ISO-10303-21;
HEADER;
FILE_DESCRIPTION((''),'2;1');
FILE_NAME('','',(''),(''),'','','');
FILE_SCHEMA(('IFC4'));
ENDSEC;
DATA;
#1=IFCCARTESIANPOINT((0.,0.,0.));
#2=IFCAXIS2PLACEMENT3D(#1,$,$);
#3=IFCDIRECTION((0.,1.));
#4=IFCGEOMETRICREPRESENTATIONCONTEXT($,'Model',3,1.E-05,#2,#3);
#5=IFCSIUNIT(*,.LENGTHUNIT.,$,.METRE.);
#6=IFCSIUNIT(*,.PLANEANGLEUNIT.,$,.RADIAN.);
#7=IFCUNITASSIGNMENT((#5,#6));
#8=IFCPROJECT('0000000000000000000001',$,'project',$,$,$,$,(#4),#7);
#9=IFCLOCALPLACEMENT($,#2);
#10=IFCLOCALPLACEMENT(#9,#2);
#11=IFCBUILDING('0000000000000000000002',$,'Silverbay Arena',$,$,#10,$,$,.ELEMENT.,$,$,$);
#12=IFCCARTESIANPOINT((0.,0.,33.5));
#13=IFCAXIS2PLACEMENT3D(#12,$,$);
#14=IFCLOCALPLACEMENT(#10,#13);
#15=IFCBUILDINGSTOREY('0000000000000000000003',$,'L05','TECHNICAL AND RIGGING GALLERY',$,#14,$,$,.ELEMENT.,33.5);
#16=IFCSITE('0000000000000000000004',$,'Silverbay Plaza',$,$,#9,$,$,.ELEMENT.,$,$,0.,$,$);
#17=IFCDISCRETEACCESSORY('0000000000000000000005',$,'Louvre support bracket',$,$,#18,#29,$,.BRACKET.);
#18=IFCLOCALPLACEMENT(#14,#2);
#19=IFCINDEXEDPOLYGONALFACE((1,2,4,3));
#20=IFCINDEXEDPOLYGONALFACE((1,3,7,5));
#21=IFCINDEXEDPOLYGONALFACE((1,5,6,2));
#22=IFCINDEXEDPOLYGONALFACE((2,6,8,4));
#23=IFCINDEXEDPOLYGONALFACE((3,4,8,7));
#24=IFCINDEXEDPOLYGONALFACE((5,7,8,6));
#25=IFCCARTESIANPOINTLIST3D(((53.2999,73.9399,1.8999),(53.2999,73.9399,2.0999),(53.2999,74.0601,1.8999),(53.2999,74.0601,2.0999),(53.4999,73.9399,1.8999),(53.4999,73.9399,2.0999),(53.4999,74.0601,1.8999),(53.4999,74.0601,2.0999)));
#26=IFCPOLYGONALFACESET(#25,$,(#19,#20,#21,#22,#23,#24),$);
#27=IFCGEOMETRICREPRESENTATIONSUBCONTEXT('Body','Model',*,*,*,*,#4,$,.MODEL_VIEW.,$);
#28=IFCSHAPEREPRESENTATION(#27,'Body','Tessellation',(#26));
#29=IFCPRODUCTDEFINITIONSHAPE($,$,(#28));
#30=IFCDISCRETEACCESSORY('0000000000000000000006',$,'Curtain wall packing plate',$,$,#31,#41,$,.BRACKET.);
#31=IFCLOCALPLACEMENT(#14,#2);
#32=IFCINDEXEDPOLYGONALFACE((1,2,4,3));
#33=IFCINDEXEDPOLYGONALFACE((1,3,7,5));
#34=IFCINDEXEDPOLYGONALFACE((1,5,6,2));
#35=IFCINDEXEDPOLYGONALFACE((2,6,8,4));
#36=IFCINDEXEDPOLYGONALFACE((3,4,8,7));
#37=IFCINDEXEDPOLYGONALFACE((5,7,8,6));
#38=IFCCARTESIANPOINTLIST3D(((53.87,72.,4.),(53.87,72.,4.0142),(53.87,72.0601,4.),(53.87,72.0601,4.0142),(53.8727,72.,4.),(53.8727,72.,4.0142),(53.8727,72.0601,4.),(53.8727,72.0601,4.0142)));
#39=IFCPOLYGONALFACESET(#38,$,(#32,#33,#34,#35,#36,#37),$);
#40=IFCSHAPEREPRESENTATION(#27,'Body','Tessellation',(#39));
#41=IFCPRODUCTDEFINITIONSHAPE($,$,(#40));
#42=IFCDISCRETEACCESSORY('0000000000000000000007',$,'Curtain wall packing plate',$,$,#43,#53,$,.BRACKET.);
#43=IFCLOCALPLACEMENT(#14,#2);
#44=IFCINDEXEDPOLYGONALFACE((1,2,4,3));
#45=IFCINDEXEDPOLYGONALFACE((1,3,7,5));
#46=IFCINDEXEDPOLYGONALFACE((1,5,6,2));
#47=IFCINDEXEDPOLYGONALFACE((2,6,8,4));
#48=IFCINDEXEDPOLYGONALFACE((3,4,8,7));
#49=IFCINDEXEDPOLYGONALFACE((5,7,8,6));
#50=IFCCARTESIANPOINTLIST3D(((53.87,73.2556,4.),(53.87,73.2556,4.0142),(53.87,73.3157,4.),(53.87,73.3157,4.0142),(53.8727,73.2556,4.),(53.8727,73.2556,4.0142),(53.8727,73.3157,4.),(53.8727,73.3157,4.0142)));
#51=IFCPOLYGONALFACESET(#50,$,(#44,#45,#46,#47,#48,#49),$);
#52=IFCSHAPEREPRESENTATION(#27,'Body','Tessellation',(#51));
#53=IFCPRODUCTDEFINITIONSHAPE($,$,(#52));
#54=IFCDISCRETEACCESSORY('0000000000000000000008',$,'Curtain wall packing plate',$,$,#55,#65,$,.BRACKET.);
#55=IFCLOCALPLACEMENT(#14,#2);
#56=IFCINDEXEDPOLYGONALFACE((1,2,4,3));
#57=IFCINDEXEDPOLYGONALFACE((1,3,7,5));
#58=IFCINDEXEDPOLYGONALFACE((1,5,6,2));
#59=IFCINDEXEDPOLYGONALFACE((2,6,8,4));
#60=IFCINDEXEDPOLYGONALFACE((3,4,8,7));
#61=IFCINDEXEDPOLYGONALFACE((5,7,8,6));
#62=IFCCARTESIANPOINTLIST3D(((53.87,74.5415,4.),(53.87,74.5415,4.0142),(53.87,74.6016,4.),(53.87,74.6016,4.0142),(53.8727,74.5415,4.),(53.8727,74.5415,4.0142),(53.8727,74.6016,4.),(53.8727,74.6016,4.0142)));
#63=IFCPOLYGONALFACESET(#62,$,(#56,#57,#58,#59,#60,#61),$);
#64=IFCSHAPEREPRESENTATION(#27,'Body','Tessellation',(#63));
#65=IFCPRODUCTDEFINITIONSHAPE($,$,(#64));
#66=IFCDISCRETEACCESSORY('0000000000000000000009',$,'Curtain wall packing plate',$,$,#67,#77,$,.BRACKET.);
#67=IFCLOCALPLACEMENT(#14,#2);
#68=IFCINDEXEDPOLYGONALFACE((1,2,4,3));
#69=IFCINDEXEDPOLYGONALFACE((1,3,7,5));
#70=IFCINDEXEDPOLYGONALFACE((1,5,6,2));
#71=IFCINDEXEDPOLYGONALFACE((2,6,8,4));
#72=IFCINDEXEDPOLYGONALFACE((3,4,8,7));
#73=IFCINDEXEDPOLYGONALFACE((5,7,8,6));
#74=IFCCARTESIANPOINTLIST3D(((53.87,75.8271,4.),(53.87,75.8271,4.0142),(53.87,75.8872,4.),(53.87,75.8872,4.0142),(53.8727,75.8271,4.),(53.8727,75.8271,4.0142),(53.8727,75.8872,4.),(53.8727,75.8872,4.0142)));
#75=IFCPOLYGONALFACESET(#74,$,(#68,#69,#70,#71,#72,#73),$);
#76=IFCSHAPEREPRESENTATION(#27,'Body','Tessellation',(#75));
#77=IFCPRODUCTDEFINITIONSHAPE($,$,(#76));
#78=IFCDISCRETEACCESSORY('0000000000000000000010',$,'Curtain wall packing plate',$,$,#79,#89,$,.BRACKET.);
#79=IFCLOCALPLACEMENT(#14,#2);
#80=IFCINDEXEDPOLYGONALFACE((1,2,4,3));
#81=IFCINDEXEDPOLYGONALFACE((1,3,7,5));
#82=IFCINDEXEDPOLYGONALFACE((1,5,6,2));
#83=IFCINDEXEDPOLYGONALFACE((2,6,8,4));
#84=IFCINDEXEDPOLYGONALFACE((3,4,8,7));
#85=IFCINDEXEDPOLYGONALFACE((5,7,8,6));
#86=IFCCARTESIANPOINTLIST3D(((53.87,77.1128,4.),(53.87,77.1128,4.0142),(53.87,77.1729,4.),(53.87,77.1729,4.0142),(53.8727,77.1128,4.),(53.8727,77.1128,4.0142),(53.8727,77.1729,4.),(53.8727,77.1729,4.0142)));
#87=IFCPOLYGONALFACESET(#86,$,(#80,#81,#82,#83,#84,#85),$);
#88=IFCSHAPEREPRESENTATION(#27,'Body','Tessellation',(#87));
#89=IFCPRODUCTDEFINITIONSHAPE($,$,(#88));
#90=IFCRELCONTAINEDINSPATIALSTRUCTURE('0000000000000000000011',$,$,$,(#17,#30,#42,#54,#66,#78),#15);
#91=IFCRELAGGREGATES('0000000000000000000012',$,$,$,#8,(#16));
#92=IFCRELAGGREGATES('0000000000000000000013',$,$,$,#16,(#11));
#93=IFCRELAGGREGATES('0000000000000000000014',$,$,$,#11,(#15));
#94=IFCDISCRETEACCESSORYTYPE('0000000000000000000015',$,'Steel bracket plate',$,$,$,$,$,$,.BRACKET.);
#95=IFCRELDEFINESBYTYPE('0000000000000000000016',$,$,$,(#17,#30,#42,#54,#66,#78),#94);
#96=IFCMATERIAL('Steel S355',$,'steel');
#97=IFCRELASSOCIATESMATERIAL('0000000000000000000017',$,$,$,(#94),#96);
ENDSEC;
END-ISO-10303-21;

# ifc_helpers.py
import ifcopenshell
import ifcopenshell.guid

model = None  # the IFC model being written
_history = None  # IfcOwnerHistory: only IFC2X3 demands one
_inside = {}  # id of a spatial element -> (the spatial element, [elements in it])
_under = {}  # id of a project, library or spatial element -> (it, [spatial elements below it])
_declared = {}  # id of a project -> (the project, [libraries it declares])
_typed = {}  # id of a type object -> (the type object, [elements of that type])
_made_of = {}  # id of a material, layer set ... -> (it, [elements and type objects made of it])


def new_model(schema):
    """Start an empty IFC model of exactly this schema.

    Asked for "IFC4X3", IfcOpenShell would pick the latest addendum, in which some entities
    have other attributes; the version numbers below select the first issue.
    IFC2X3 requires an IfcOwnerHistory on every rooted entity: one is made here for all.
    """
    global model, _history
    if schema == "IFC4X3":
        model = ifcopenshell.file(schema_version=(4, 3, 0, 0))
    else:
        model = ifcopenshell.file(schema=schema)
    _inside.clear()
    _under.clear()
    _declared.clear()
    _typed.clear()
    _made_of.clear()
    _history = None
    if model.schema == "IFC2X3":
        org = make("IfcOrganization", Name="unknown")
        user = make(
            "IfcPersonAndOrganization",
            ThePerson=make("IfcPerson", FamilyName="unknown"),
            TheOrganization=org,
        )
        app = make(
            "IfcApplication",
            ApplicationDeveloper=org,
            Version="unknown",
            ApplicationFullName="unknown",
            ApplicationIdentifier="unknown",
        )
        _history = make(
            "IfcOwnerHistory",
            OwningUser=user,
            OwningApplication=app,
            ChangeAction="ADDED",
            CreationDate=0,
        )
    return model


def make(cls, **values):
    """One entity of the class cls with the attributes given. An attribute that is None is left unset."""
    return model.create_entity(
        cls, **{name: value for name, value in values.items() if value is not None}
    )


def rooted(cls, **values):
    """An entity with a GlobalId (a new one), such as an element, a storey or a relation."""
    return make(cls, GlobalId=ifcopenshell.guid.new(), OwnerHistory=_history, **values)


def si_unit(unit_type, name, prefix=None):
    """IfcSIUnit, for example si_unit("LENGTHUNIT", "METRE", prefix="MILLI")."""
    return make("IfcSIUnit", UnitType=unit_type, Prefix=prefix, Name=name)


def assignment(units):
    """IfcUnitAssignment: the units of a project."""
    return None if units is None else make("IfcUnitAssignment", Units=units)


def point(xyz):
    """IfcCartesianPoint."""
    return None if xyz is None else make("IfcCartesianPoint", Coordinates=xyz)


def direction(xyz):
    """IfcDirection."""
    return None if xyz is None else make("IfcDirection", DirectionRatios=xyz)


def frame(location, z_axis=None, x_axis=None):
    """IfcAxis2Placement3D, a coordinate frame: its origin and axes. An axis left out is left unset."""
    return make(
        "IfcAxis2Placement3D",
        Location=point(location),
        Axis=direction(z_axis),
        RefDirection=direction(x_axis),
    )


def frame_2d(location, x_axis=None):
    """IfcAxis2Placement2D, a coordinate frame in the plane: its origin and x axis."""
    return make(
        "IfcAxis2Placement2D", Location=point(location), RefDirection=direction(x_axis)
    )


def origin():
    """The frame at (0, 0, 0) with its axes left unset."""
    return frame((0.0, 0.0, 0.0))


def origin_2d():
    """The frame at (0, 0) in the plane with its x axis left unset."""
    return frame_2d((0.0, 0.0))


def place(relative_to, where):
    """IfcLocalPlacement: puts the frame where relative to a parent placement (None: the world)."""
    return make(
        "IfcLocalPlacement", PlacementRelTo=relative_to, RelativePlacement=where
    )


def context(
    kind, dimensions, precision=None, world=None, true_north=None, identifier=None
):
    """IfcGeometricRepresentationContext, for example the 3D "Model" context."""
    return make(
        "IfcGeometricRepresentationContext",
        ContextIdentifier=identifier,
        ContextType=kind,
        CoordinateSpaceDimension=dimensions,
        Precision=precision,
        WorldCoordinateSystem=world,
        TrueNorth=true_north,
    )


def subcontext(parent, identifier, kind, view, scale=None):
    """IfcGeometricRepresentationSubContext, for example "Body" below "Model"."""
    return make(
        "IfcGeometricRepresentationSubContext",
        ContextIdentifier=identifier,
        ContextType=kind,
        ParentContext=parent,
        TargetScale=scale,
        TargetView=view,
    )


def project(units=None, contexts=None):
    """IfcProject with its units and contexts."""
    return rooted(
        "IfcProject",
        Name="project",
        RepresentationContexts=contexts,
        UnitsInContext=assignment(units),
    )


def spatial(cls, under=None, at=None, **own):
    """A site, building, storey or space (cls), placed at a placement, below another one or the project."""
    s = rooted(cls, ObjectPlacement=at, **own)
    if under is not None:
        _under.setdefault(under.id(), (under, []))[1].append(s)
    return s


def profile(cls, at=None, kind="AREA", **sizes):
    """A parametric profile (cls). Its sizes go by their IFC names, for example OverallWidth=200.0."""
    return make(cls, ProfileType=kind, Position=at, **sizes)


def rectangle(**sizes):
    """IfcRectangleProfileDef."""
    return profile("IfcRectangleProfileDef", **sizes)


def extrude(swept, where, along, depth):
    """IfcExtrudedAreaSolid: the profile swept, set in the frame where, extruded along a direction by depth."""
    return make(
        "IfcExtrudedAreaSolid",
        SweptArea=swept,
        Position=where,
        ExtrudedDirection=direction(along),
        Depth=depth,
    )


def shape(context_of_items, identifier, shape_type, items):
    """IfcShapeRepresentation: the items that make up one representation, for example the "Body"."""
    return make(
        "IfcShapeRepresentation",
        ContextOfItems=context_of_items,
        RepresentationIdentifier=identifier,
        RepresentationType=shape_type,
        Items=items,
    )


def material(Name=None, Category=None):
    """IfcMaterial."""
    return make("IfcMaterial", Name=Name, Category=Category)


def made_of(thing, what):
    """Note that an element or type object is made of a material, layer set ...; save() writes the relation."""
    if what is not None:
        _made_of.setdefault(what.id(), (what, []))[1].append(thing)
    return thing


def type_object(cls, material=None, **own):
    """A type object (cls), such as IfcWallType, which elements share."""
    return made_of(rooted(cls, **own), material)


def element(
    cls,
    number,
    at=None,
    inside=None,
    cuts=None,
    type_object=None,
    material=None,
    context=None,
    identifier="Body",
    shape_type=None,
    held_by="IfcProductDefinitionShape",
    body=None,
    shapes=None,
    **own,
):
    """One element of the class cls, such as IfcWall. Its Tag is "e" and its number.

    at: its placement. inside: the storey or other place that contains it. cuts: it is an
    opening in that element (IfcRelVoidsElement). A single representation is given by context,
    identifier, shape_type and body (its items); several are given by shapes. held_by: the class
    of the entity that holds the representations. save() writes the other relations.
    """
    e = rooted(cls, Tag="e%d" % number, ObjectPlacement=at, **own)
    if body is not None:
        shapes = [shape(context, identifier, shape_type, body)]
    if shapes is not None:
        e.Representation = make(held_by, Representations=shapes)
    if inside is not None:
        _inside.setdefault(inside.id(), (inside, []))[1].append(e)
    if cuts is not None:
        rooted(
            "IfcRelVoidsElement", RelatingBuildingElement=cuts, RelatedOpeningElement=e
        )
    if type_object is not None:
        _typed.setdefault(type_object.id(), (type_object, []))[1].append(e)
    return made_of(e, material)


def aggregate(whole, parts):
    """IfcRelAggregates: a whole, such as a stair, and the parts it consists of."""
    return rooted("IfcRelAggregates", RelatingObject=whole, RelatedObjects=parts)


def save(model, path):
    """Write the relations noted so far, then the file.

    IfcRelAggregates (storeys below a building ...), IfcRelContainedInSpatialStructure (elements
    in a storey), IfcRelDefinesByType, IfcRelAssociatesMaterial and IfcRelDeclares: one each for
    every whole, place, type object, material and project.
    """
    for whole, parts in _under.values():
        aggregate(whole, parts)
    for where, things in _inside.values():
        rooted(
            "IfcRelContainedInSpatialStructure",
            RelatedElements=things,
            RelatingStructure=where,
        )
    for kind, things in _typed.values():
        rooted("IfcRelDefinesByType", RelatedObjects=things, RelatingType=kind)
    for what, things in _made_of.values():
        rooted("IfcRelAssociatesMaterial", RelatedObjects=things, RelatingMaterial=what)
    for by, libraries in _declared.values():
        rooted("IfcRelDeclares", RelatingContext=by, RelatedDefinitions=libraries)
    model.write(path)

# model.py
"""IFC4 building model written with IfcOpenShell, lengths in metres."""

from ifc_helpers import new_model, si_unit, direction, frame, origin, origin_2d, place, context, subcontext, project, spatial, rectangle, extrude, material, type_object, element, save


model = new_model("IFC4")

# Units and contexts
model_context = context("Model", 3, precision=1e-05, world=origin(), true_north=direction((0.0, 1.0)))
body_context = subcontext(model_context, "Body", "Model", "MODEL_VIEW")
ifc_project = project(units=[si_unit("LENGTHUNIT", "METRE"), si_unit("PLANEANGLEUNIT", "RADIAN")], contexts=[model_context])

# Site, building, storey
site_placement = place(None, origin())
site = spatial("IfcSite", under=ifc_project, at=site_placement, Name="Silverbay Plaza", CompositionType="ELEMENT", RefElevation=0.0)
building_placement = place(site_placement, origin())
building = spatial("IfcBuilding", under=site, at=building_placement, Name="Silverbay Arena", CompositionType="ELEMENT")
storey_placement = place(building_placement, frame((0.0, 0.0, 33.5)))
storey = spatial("IfcBuildingStorey", under=building, at=storey_placement, Name="L05", Description="TECHNICAL AND RIGGING GALLERY", CompositionType="ELEMENT", Elevation=33.5)

# Discrete accessories
ifc_material_1 = material(Name="Steel S355", Category="steel")
discrete_accessory_type = type_object("IfcDiscreteAccessoryType", Name="Steel bracket plate", PredefinedType="BRACKET", material=ifc_material_1)
discrete_accessory_placement = place(storey_placement, frame((53.3999, 74.0, 1.8999), z_axis=(0.0, 0.0, 1.0), x_axis=(0.0, 1.0, 0.0)))
element("IfcDiscreteAccessory", 1, at=discrete_accessory_placement, inside=storey, type_object=discrete_accessory_type, Name="Louvre support bracket", PredefinedType="BRACKET", context=body_context, shape_type="SweptSolid", body=[
    extrude(rectangle(XDim=0.1201, YDim=0.2, at=origin_2d()), origin(), (0.0, 0.0, 1.0), 0.2),
])
for number, where, z_axis, x_axis, name in (
    (2, (53.8713, 72.03, 4.0), (0.0, 0.0, 1.0), (1.0, 0.0, 0.0), "Curtain wall packing plate"),
    (3, (53.8713, 73.2856, 4.0), (0.0, 0.0, 1.0), (1.0, 0.0, 0.0), "Curtain wall packing plate"),
    (4, (53.8713, 74.5715, 4.0), (0.0, 0.0, 1.0), (1.0, 0.0, 0.0), "Curtain wall packing plate"),
    (5, (53.8713, 75.8572, 4.0), (0.0, 0.0, 1.0), (1.0, 0.0, 0.0), "Curtain wall packing plate"),
    (6, (53.8713, 77.1428, 4.0), (0.0, 0.0, 1.0), (1.0, 0.0, 0.0), "Curtain wall packing plate"),
):
    element("IfcDiscreteAccessory", number, at=place(storey_placement, frame(where, z_axis=z_axis, x_axis=x_axis)), inside=storey, type_object=discrete_accessory_type, Name=name, PredefinedType="BRACKET", context=body_context, shape_type="SweptSolid", body=[
        extrude(rectangle(XDim=0.0027, YDim=0.0601, at=origin_2d()), origin(), (0.0, 0.0, 1.0), 0.0142),
    ])

save(model, "model.ifc")
